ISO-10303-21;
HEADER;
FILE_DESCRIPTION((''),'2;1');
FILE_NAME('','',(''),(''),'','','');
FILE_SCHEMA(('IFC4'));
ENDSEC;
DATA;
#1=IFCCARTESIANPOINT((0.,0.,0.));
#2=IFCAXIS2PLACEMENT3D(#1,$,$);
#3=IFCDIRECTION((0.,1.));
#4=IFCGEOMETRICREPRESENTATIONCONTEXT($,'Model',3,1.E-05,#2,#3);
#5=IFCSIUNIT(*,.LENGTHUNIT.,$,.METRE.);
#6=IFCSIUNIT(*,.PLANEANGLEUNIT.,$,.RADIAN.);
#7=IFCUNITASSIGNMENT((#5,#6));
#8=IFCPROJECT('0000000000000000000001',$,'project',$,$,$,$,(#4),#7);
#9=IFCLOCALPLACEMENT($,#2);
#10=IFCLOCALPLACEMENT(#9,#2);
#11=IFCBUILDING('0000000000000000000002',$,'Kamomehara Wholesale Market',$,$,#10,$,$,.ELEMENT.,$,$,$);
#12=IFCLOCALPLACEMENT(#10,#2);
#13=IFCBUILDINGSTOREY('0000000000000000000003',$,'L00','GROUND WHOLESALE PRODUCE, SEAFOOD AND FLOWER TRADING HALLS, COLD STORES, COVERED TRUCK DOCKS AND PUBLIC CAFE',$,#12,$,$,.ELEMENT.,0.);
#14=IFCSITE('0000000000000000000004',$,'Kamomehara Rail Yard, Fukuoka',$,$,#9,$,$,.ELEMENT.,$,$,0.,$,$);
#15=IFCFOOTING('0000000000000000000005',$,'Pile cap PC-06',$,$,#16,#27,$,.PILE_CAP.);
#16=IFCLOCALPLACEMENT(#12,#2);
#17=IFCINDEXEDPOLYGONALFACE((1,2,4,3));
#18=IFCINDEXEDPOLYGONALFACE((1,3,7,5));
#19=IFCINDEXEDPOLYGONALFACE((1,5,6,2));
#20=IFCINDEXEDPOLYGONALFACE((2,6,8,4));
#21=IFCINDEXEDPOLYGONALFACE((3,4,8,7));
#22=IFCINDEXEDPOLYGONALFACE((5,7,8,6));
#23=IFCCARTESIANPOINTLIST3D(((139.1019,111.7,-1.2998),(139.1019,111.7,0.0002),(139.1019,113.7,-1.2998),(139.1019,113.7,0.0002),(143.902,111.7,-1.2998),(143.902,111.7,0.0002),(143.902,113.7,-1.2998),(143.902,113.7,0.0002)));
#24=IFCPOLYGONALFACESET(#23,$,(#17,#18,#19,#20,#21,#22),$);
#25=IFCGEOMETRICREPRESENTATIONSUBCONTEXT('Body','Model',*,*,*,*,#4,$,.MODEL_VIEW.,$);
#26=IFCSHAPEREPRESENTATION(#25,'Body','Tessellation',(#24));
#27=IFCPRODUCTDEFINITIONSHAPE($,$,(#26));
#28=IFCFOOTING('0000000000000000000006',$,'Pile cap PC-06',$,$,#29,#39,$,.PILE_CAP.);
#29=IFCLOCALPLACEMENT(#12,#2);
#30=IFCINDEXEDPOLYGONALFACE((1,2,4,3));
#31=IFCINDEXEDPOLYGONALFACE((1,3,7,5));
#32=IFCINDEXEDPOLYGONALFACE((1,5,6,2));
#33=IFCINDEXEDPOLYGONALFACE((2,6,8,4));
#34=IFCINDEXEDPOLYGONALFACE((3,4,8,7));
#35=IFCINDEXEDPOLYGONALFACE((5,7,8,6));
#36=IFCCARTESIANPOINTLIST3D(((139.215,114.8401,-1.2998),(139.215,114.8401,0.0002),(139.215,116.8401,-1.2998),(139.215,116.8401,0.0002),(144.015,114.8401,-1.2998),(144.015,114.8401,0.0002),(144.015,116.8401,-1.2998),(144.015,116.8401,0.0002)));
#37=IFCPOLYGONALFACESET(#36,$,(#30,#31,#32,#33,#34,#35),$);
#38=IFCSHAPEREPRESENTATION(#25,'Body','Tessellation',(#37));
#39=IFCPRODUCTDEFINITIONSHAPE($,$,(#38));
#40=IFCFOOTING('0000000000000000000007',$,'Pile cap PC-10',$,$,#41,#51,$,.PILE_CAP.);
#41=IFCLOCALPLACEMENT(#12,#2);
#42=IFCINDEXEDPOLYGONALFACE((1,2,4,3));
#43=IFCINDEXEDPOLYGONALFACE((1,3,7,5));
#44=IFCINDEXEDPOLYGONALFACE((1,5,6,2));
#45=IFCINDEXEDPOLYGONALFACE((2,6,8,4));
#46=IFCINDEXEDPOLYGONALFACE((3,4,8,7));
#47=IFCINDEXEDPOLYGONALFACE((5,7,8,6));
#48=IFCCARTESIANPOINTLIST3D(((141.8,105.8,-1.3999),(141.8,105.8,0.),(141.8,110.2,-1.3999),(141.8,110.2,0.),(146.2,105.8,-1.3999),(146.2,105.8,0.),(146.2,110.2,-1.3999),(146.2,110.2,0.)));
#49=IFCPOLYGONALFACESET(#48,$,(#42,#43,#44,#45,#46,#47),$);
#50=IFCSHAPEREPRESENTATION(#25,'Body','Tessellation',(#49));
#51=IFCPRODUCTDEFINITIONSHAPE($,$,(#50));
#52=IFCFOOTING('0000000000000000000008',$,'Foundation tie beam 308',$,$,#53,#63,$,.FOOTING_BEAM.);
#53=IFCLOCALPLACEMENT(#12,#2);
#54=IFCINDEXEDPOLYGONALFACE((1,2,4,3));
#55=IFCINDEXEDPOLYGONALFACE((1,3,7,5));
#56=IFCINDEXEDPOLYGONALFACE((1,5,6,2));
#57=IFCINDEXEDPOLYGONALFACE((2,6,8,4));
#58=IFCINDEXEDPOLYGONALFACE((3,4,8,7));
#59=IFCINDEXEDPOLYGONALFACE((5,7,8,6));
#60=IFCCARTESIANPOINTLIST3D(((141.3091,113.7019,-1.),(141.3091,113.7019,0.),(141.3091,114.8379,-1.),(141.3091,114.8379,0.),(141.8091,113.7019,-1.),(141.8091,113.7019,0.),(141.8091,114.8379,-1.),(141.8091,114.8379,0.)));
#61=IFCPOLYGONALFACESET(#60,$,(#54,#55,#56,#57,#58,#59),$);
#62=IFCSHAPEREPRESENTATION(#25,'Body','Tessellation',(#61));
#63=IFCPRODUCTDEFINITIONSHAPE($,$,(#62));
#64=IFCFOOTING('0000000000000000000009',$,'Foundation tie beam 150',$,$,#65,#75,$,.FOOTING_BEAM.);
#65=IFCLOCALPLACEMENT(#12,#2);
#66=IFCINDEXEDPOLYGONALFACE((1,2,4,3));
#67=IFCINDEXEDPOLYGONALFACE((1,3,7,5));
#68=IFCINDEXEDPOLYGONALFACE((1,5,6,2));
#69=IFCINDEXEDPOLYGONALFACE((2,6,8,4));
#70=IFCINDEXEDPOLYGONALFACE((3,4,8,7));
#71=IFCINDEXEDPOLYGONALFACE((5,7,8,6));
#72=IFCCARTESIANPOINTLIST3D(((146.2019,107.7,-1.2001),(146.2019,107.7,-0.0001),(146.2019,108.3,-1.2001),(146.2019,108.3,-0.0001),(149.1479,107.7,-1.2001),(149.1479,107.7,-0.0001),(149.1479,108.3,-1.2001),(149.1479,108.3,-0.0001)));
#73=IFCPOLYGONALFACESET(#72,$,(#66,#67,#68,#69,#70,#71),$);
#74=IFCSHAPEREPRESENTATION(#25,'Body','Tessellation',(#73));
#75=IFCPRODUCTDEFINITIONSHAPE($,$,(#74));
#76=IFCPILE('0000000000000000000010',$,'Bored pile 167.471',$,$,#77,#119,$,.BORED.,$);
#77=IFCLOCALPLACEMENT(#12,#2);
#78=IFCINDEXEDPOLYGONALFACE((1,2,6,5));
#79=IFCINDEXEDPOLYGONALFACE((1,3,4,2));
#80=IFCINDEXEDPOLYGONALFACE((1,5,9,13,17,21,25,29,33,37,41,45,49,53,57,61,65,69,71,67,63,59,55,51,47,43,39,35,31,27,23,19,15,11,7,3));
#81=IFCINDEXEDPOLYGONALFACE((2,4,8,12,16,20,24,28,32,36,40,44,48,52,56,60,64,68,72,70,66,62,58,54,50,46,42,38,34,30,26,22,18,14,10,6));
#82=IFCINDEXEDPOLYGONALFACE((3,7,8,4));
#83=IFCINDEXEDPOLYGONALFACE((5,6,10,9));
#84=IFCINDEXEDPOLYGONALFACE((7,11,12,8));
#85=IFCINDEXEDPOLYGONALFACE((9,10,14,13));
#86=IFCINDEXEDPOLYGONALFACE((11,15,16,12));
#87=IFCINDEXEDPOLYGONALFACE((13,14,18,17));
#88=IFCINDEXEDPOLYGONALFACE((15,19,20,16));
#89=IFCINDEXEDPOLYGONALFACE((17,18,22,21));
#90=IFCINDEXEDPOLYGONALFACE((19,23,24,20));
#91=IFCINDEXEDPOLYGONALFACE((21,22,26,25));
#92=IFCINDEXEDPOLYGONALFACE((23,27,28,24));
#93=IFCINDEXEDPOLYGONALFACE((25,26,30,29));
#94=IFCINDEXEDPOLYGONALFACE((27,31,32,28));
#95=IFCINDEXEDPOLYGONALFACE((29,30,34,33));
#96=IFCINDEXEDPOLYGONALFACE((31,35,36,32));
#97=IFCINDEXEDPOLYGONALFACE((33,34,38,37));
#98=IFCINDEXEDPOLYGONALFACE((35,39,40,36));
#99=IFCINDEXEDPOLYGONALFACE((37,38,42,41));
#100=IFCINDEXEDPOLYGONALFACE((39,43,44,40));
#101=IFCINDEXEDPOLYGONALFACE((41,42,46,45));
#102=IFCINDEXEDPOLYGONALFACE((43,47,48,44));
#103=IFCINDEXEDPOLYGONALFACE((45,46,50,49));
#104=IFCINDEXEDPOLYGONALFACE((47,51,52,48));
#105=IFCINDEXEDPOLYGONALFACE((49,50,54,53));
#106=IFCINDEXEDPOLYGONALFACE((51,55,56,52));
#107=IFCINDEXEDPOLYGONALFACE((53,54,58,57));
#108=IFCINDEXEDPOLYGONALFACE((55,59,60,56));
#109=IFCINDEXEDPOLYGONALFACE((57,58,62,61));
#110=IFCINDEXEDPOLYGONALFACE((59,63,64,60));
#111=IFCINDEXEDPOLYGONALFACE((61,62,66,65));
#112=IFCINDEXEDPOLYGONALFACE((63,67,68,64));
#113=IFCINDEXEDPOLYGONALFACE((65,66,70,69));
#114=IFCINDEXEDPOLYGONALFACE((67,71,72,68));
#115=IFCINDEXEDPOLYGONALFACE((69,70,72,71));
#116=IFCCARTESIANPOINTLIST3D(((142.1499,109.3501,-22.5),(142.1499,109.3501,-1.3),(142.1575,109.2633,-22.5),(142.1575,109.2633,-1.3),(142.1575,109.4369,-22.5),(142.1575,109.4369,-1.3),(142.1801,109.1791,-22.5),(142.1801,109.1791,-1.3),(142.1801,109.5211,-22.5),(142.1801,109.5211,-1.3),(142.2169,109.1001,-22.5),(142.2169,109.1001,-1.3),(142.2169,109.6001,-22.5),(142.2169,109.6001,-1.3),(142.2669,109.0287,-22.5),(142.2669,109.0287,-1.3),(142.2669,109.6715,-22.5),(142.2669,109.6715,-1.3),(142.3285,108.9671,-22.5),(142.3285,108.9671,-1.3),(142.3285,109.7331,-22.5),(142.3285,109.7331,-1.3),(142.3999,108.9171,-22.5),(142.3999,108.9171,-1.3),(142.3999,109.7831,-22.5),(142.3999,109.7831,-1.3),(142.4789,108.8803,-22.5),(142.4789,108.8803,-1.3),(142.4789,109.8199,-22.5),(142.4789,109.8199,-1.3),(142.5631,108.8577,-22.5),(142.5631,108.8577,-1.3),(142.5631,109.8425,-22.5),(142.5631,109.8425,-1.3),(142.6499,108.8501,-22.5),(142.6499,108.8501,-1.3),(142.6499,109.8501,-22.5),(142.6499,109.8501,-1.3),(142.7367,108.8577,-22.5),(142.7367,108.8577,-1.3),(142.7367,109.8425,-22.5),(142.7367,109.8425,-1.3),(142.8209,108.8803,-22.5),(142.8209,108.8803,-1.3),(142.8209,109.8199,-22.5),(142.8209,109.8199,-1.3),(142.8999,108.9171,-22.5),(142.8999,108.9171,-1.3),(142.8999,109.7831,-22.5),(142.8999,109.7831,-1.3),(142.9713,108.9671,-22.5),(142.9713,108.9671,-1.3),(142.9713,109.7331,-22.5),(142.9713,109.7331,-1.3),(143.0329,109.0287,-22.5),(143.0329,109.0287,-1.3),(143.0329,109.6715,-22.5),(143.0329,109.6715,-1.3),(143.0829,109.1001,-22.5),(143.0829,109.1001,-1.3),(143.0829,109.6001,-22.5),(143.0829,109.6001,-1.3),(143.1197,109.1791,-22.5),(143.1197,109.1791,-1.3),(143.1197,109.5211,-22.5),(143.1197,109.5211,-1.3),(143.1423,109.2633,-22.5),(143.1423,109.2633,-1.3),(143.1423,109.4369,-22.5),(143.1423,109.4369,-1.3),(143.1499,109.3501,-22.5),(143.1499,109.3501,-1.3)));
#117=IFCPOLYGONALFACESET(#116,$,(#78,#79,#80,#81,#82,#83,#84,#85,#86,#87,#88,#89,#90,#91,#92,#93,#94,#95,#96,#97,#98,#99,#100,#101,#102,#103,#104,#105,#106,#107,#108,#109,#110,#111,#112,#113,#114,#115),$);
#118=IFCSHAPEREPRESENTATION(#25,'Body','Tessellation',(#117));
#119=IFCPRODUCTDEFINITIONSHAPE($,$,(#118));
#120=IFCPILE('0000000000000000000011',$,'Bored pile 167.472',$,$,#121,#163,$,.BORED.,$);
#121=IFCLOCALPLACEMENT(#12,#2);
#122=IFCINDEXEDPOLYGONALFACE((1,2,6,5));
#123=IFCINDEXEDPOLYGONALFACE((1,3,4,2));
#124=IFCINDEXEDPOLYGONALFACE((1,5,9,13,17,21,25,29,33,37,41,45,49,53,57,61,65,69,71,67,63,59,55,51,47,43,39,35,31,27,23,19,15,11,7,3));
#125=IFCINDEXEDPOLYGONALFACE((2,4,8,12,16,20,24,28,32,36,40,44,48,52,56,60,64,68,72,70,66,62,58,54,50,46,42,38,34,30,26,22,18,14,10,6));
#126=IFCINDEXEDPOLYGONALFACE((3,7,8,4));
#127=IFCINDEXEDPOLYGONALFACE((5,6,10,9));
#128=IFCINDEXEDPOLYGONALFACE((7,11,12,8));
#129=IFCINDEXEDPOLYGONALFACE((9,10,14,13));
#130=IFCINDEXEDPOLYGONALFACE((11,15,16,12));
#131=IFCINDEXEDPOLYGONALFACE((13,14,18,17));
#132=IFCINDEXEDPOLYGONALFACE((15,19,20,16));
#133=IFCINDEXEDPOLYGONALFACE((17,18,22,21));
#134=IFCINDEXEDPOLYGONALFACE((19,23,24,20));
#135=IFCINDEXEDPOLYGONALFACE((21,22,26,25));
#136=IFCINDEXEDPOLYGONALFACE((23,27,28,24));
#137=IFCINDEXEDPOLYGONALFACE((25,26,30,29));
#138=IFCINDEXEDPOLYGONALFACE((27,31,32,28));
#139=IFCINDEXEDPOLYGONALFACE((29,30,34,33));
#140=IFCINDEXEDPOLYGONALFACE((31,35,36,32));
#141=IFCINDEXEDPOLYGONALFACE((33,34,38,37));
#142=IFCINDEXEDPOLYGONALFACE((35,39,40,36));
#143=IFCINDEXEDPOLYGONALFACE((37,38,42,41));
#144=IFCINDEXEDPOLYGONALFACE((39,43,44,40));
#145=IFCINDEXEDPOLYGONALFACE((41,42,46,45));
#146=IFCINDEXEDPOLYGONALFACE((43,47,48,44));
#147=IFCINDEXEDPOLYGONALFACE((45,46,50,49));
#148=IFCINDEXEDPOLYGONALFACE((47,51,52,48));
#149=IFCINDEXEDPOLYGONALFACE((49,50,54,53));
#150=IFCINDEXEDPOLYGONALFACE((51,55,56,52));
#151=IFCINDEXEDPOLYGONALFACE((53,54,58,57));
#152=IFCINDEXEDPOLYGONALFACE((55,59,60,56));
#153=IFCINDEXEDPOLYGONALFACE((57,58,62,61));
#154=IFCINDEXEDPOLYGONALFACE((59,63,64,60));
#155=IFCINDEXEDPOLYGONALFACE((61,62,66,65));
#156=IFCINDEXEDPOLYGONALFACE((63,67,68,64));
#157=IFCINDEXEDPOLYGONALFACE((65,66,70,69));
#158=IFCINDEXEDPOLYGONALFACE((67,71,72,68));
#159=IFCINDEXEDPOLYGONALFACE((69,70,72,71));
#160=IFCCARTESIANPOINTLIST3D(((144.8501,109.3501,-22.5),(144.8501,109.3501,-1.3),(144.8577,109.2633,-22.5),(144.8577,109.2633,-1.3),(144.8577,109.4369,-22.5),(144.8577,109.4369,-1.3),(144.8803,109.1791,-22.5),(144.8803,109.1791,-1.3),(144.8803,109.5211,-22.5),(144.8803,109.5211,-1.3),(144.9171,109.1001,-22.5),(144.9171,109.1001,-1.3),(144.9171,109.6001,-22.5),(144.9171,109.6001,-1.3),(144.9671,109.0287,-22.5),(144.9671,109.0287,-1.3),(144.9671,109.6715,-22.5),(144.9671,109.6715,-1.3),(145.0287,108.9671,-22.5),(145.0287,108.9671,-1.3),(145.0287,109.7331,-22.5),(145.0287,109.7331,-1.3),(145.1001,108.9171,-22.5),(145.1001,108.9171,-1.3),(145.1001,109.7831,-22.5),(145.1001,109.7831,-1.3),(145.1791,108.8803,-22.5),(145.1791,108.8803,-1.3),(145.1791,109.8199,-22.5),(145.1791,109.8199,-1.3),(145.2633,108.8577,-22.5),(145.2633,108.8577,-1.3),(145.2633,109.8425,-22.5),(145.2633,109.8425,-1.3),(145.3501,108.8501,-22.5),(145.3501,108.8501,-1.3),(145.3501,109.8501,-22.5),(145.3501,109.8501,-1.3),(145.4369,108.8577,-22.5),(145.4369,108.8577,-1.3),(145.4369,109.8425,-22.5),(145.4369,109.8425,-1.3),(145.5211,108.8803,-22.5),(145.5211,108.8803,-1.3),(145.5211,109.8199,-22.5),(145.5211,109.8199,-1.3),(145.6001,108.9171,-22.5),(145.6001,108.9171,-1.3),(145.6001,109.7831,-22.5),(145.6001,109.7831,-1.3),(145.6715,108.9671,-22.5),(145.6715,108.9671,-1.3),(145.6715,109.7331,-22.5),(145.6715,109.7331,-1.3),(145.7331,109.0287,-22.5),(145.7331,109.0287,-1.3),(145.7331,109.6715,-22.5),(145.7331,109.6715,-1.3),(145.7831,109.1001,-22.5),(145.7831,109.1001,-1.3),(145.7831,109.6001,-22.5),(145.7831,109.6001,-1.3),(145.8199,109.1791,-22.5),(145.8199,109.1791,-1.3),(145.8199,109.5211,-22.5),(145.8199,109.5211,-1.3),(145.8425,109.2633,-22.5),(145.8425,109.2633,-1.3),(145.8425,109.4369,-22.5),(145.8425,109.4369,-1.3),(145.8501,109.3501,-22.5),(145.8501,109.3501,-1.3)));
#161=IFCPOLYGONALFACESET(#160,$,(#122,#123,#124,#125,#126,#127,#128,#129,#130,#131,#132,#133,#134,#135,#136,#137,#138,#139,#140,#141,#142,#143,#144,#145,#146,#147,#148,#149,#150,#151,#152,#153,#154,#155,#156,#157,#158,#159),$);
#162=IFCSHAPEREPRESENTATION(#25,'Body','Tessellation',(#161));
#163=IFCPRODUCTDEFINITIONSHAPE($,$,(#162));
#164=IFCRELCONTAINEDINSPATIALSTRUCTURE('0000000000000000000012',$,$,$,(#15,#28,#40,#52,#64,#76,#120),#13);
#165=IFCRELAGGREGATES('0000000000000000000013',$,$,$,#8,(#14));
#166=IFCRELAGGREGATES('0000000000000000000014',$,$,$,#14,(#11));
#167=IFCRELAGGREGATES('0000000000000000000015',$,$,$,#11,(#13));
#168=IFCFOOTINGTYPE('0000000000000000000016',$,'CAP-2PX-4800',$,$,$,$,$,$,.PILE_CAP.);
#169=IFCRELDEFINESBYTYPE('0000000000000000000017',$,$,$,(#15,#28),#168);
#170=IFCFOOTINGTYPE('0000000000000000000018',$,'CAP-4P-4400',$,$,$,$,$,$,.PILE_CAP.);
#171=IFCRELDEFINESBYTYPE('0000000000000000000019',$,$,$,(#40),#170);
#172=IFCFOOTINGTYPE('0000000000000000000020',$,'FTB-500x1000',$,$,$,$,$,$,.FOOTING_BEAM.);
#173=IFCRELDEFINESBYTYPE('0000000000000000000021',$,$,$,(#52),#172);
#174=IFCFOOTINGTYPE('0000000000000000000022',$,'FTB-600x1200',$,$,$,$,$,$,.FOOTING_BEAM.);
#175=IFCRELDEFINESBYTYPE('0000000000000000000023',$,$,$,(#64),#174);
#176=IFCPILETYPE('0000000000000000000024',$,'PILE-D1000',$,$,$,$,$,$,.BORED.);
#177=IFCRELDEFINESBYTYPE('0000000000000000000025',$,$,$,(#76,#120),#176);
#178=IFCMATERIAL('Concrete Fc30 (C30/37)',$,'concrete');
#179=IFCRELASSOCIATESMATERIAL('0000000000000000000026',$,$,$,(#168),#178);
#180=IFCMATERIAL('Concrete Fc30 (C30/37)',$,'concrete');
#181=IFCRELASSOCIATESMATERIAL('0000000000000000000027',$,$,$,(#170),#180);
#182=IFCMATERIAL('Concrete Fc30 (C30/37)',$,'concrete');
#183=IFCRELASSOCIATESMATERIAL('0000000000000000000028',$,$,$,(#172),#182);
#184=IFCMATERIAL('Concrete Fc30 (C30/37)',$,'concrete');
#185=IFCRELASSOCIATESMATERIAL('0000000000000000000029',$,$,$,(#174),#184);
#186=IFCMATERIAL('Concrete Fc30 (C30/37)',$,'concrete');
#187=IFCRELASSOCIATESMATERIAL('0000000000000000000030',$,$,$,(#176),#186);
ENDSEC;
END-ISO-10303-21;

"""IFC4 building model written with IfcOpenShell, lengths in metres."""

from ifc_helpers import new_model, si_unit, direction, frame, origin, origin_2d, place, context, subcontext, project, spatial, rectangle, circle, extrude, material, material_profile, profile_set, type_object, element, save


model = new_model("IFC4")

# Units and contexts
model_context = context("Model", 3, precision=1e-05, world=origin(), true_north=direction((0.0, 1.0)))
body_context = subcontext(model_context, "Body", "Model", "MODEL_VIEW")
ifc_project = project(units=[si_unit("LENGTHUNIT", "METRE"), si_unit("PLANEANGLEUNIT", "RADIAN")], contexts=[model_context])

# Site, building, storey
site_placement = place(None, origin())
site = spatial("IfcSite", under=ifc_project, at=site_placement, Name="Kamomehara Rail Yard, Fukuoka", CompositionType="ELEMENT", RefElevation=0.0)
building_placement = place(site_placement, origin())
building = spatial("IfcBuilding", under=site, at=building_placement, Name="Kamomehara Wholesale Market", CompositionType="ELEMENT")
storey_placement = place(building_placement, origin())
storey = spatial("IfcBuildingStorey", under=building, at=storey_placement, Name="L00", Description="GROUND WHOLESALE PRODUCE, SEAFOOD AND FLOWER TRADING HALLS, COLD STORES, COVERED TRUCK DOCKS AND PUBLIC CAFE", CompositionType="ELEMENT", Elevation=0.0)

# Footings
ifc_material_1 = material(Name="Concrete Fc30 (C30/37)", Category="concrete")
footing_type_1 = type_object("IfcFootingType", Name="CAP-2PX-4800", PredefinedType="PILE_CAP", material=ifc_material_1)
for number, where, z_axis, x_axis, name in (
    (1, (141.502, 112.7, -1.2998), (0.0, 0.0, 1.0), (1.0, 0.0, 0.0), "Pile cap PC-06"),
    (2, (141.615, 115.8401, -1.2998), (0.0, 0.0, 1.0), (1.0, 0.0, 0.0), "Pile cap PC-06"),
):
    element("IfcFooting", number, at=place(storey_placement, frame(where, z_axis=z_axis, x_axis=x_axis)), inside=storey, type_object=footing_type_1, Name=name, PredefinedType="PILE_CAP", context=body_context, shape_type="SweptSolid", body=[
        extrude(rectangle(XDim=4.8, YDim=2.0, at=origin_2d()), origin(), (0.0, 0.0, 1.0), 1.3),
    ])
ifc_material_2 = material(Name="Concrete Fc30 (C30/37)", Category="concrete")
footing_type_2 = type_object("IfcFootingType", Name="CAP-4P-4400", PredefinedType="PILE_CAP", material=ifc_material_2)
footing_1_placement = place(storey_placement, frame((144.0, 108.0, -1.3999), z_axis=(0.0, 0.0, 1.0), x_axis=(1.0, 0.0, 0.0)))
element("IfcFooting", 3, at=footing_1_placement, inside=storey, type_object=footing_type_2, Name="Pile cap PC-10", PredefinedType="PILE_CAP", context=body_context, shape_type="SweptSolid", body=[
    extrude(rectangle(XDim=4.3999, YDim=4.3999, at=origin_2d()), origin(), (0.0, 0.0, 1.0), 1.3999),
])
ifc_material_3 = material(Name="Concrete Fc30 (C30/37)", Category="concrete")
ifc_material_profile_1 = material_profile(ifc_material_3, rectangle(XDim=0.5, YDim=1.0, at=origin_2d()), Name="RC-FTB-500x1000")
ifc_profile_set_1 = profile_set([ifc_material_profile_1], Name="Concrete Fc30 (C30/37)")
footing_type_3 = type_object("IfcFootingType", Name="FTB-500x1000", PredefinedType="FOOTING_BEAM", material=ifc_profile_set_1)
footing_2_placement = place(storey_placement, frame((141.5591, 113.7019, -0.5), z_axis=(0.0, 1.0, 0.0), x_axis=(-1.0, 0.0, 0.0)))
element("IfcFooting", 4, at=footing_2_placement, inside=storey, type_object=footing_type_3, Name="Foundation tie beam 308", PredefinedType="FOOTING_BEAM", context=body_context, shape_type="SweptSolid", body=[
    extrude(rectangle(XDim=0.5, YDim=1.0, at=origin_2d()), origin(), (0.0, 0.0, 1.0), 1.136),
])
ifc_material_4 = material(Name="Concrete Fc30 (C30/37)", Category="concrete")
ifc_material_profile_2 = material_profile(ifc_material_4, rectangle(XDim=0.6001, YDim=1.2, at=origin_2d()), Name="RC-FTB-600x1200")
ifc_profile_set_2 = profile_set([ifc_material_profile_2], Name="Concrete Fc30 (C30/37)")
footing_type_4 = type_object("IfcFootingType", Name="FTB-600x1200", PredefinedType="FOOTING_BEAM", material=ifc_profile_set_2)
footing_3_placement = place(storey_placement, frame((146.2019, 108.0, -0.6001), z_axis=(1.0, 0.0, 0.0), x_axis=(0.0, 1.0, 0.0)))
element("IfcFooting", 5, at=footing_3_placement, inside=storey, type_object=footing_type_4, Name="Foundation tie beam 150", PredefinedType="FOOTING_BEAM", context=body_context, shape_type="SweptSolid", body=[
    extrude(rectangle(XDim=0.6001, YDim=1.2, at=origin_2d()), origin(), (0.0, 0.0, 1.0), 2.946),
])

# Piles
ifc_material_5 = material(Name="Concrete Fc30 (C30/37)", Category="concrete")
ifc_material_profile_3 = material_profile(ifc_material_5, circle(Radius=0.5, at=origin_2d()), Name="RC-PILE-D1000")
ifc_profile_set_3 = profile_set([ifc_material_profile_3], Name="Concrete Fc30 (C30/37)")
pile_type_1 = type_object("IfcPileType", Name="PILE-D1000", PredefinedType="BORED", material=ifc_profile_set_3)
for number, where, z_axis, x_axis, name in (
    (6, (142.6499, 109.3501, -1.3), (0.0, 0.0, -1.0), (1.0, 0.0, 0.0), "Bored pile 167.471"),
    (7, (145.3501, 109.3501, -1.3), (0.0, 0.0, -1.0), (1.0, 0.0, 0.0), "Bored pile 167.472"),
):
    element("IfcPile", number, at=place(storey_placement, frame(where, z_axis=z_axis, x_axis=x_axis)), inside=storey, type_object=pile_type_1, Name=name, PredefinedType="BORED", context=body_context, shape_type="SweptSolid", body=[
        extrude(circle(Radius=0.5, at=origin_2d()), origin(), (0.0, 0.0, 1.0), 21.2),
    ])

save(model, "model.ifc")
